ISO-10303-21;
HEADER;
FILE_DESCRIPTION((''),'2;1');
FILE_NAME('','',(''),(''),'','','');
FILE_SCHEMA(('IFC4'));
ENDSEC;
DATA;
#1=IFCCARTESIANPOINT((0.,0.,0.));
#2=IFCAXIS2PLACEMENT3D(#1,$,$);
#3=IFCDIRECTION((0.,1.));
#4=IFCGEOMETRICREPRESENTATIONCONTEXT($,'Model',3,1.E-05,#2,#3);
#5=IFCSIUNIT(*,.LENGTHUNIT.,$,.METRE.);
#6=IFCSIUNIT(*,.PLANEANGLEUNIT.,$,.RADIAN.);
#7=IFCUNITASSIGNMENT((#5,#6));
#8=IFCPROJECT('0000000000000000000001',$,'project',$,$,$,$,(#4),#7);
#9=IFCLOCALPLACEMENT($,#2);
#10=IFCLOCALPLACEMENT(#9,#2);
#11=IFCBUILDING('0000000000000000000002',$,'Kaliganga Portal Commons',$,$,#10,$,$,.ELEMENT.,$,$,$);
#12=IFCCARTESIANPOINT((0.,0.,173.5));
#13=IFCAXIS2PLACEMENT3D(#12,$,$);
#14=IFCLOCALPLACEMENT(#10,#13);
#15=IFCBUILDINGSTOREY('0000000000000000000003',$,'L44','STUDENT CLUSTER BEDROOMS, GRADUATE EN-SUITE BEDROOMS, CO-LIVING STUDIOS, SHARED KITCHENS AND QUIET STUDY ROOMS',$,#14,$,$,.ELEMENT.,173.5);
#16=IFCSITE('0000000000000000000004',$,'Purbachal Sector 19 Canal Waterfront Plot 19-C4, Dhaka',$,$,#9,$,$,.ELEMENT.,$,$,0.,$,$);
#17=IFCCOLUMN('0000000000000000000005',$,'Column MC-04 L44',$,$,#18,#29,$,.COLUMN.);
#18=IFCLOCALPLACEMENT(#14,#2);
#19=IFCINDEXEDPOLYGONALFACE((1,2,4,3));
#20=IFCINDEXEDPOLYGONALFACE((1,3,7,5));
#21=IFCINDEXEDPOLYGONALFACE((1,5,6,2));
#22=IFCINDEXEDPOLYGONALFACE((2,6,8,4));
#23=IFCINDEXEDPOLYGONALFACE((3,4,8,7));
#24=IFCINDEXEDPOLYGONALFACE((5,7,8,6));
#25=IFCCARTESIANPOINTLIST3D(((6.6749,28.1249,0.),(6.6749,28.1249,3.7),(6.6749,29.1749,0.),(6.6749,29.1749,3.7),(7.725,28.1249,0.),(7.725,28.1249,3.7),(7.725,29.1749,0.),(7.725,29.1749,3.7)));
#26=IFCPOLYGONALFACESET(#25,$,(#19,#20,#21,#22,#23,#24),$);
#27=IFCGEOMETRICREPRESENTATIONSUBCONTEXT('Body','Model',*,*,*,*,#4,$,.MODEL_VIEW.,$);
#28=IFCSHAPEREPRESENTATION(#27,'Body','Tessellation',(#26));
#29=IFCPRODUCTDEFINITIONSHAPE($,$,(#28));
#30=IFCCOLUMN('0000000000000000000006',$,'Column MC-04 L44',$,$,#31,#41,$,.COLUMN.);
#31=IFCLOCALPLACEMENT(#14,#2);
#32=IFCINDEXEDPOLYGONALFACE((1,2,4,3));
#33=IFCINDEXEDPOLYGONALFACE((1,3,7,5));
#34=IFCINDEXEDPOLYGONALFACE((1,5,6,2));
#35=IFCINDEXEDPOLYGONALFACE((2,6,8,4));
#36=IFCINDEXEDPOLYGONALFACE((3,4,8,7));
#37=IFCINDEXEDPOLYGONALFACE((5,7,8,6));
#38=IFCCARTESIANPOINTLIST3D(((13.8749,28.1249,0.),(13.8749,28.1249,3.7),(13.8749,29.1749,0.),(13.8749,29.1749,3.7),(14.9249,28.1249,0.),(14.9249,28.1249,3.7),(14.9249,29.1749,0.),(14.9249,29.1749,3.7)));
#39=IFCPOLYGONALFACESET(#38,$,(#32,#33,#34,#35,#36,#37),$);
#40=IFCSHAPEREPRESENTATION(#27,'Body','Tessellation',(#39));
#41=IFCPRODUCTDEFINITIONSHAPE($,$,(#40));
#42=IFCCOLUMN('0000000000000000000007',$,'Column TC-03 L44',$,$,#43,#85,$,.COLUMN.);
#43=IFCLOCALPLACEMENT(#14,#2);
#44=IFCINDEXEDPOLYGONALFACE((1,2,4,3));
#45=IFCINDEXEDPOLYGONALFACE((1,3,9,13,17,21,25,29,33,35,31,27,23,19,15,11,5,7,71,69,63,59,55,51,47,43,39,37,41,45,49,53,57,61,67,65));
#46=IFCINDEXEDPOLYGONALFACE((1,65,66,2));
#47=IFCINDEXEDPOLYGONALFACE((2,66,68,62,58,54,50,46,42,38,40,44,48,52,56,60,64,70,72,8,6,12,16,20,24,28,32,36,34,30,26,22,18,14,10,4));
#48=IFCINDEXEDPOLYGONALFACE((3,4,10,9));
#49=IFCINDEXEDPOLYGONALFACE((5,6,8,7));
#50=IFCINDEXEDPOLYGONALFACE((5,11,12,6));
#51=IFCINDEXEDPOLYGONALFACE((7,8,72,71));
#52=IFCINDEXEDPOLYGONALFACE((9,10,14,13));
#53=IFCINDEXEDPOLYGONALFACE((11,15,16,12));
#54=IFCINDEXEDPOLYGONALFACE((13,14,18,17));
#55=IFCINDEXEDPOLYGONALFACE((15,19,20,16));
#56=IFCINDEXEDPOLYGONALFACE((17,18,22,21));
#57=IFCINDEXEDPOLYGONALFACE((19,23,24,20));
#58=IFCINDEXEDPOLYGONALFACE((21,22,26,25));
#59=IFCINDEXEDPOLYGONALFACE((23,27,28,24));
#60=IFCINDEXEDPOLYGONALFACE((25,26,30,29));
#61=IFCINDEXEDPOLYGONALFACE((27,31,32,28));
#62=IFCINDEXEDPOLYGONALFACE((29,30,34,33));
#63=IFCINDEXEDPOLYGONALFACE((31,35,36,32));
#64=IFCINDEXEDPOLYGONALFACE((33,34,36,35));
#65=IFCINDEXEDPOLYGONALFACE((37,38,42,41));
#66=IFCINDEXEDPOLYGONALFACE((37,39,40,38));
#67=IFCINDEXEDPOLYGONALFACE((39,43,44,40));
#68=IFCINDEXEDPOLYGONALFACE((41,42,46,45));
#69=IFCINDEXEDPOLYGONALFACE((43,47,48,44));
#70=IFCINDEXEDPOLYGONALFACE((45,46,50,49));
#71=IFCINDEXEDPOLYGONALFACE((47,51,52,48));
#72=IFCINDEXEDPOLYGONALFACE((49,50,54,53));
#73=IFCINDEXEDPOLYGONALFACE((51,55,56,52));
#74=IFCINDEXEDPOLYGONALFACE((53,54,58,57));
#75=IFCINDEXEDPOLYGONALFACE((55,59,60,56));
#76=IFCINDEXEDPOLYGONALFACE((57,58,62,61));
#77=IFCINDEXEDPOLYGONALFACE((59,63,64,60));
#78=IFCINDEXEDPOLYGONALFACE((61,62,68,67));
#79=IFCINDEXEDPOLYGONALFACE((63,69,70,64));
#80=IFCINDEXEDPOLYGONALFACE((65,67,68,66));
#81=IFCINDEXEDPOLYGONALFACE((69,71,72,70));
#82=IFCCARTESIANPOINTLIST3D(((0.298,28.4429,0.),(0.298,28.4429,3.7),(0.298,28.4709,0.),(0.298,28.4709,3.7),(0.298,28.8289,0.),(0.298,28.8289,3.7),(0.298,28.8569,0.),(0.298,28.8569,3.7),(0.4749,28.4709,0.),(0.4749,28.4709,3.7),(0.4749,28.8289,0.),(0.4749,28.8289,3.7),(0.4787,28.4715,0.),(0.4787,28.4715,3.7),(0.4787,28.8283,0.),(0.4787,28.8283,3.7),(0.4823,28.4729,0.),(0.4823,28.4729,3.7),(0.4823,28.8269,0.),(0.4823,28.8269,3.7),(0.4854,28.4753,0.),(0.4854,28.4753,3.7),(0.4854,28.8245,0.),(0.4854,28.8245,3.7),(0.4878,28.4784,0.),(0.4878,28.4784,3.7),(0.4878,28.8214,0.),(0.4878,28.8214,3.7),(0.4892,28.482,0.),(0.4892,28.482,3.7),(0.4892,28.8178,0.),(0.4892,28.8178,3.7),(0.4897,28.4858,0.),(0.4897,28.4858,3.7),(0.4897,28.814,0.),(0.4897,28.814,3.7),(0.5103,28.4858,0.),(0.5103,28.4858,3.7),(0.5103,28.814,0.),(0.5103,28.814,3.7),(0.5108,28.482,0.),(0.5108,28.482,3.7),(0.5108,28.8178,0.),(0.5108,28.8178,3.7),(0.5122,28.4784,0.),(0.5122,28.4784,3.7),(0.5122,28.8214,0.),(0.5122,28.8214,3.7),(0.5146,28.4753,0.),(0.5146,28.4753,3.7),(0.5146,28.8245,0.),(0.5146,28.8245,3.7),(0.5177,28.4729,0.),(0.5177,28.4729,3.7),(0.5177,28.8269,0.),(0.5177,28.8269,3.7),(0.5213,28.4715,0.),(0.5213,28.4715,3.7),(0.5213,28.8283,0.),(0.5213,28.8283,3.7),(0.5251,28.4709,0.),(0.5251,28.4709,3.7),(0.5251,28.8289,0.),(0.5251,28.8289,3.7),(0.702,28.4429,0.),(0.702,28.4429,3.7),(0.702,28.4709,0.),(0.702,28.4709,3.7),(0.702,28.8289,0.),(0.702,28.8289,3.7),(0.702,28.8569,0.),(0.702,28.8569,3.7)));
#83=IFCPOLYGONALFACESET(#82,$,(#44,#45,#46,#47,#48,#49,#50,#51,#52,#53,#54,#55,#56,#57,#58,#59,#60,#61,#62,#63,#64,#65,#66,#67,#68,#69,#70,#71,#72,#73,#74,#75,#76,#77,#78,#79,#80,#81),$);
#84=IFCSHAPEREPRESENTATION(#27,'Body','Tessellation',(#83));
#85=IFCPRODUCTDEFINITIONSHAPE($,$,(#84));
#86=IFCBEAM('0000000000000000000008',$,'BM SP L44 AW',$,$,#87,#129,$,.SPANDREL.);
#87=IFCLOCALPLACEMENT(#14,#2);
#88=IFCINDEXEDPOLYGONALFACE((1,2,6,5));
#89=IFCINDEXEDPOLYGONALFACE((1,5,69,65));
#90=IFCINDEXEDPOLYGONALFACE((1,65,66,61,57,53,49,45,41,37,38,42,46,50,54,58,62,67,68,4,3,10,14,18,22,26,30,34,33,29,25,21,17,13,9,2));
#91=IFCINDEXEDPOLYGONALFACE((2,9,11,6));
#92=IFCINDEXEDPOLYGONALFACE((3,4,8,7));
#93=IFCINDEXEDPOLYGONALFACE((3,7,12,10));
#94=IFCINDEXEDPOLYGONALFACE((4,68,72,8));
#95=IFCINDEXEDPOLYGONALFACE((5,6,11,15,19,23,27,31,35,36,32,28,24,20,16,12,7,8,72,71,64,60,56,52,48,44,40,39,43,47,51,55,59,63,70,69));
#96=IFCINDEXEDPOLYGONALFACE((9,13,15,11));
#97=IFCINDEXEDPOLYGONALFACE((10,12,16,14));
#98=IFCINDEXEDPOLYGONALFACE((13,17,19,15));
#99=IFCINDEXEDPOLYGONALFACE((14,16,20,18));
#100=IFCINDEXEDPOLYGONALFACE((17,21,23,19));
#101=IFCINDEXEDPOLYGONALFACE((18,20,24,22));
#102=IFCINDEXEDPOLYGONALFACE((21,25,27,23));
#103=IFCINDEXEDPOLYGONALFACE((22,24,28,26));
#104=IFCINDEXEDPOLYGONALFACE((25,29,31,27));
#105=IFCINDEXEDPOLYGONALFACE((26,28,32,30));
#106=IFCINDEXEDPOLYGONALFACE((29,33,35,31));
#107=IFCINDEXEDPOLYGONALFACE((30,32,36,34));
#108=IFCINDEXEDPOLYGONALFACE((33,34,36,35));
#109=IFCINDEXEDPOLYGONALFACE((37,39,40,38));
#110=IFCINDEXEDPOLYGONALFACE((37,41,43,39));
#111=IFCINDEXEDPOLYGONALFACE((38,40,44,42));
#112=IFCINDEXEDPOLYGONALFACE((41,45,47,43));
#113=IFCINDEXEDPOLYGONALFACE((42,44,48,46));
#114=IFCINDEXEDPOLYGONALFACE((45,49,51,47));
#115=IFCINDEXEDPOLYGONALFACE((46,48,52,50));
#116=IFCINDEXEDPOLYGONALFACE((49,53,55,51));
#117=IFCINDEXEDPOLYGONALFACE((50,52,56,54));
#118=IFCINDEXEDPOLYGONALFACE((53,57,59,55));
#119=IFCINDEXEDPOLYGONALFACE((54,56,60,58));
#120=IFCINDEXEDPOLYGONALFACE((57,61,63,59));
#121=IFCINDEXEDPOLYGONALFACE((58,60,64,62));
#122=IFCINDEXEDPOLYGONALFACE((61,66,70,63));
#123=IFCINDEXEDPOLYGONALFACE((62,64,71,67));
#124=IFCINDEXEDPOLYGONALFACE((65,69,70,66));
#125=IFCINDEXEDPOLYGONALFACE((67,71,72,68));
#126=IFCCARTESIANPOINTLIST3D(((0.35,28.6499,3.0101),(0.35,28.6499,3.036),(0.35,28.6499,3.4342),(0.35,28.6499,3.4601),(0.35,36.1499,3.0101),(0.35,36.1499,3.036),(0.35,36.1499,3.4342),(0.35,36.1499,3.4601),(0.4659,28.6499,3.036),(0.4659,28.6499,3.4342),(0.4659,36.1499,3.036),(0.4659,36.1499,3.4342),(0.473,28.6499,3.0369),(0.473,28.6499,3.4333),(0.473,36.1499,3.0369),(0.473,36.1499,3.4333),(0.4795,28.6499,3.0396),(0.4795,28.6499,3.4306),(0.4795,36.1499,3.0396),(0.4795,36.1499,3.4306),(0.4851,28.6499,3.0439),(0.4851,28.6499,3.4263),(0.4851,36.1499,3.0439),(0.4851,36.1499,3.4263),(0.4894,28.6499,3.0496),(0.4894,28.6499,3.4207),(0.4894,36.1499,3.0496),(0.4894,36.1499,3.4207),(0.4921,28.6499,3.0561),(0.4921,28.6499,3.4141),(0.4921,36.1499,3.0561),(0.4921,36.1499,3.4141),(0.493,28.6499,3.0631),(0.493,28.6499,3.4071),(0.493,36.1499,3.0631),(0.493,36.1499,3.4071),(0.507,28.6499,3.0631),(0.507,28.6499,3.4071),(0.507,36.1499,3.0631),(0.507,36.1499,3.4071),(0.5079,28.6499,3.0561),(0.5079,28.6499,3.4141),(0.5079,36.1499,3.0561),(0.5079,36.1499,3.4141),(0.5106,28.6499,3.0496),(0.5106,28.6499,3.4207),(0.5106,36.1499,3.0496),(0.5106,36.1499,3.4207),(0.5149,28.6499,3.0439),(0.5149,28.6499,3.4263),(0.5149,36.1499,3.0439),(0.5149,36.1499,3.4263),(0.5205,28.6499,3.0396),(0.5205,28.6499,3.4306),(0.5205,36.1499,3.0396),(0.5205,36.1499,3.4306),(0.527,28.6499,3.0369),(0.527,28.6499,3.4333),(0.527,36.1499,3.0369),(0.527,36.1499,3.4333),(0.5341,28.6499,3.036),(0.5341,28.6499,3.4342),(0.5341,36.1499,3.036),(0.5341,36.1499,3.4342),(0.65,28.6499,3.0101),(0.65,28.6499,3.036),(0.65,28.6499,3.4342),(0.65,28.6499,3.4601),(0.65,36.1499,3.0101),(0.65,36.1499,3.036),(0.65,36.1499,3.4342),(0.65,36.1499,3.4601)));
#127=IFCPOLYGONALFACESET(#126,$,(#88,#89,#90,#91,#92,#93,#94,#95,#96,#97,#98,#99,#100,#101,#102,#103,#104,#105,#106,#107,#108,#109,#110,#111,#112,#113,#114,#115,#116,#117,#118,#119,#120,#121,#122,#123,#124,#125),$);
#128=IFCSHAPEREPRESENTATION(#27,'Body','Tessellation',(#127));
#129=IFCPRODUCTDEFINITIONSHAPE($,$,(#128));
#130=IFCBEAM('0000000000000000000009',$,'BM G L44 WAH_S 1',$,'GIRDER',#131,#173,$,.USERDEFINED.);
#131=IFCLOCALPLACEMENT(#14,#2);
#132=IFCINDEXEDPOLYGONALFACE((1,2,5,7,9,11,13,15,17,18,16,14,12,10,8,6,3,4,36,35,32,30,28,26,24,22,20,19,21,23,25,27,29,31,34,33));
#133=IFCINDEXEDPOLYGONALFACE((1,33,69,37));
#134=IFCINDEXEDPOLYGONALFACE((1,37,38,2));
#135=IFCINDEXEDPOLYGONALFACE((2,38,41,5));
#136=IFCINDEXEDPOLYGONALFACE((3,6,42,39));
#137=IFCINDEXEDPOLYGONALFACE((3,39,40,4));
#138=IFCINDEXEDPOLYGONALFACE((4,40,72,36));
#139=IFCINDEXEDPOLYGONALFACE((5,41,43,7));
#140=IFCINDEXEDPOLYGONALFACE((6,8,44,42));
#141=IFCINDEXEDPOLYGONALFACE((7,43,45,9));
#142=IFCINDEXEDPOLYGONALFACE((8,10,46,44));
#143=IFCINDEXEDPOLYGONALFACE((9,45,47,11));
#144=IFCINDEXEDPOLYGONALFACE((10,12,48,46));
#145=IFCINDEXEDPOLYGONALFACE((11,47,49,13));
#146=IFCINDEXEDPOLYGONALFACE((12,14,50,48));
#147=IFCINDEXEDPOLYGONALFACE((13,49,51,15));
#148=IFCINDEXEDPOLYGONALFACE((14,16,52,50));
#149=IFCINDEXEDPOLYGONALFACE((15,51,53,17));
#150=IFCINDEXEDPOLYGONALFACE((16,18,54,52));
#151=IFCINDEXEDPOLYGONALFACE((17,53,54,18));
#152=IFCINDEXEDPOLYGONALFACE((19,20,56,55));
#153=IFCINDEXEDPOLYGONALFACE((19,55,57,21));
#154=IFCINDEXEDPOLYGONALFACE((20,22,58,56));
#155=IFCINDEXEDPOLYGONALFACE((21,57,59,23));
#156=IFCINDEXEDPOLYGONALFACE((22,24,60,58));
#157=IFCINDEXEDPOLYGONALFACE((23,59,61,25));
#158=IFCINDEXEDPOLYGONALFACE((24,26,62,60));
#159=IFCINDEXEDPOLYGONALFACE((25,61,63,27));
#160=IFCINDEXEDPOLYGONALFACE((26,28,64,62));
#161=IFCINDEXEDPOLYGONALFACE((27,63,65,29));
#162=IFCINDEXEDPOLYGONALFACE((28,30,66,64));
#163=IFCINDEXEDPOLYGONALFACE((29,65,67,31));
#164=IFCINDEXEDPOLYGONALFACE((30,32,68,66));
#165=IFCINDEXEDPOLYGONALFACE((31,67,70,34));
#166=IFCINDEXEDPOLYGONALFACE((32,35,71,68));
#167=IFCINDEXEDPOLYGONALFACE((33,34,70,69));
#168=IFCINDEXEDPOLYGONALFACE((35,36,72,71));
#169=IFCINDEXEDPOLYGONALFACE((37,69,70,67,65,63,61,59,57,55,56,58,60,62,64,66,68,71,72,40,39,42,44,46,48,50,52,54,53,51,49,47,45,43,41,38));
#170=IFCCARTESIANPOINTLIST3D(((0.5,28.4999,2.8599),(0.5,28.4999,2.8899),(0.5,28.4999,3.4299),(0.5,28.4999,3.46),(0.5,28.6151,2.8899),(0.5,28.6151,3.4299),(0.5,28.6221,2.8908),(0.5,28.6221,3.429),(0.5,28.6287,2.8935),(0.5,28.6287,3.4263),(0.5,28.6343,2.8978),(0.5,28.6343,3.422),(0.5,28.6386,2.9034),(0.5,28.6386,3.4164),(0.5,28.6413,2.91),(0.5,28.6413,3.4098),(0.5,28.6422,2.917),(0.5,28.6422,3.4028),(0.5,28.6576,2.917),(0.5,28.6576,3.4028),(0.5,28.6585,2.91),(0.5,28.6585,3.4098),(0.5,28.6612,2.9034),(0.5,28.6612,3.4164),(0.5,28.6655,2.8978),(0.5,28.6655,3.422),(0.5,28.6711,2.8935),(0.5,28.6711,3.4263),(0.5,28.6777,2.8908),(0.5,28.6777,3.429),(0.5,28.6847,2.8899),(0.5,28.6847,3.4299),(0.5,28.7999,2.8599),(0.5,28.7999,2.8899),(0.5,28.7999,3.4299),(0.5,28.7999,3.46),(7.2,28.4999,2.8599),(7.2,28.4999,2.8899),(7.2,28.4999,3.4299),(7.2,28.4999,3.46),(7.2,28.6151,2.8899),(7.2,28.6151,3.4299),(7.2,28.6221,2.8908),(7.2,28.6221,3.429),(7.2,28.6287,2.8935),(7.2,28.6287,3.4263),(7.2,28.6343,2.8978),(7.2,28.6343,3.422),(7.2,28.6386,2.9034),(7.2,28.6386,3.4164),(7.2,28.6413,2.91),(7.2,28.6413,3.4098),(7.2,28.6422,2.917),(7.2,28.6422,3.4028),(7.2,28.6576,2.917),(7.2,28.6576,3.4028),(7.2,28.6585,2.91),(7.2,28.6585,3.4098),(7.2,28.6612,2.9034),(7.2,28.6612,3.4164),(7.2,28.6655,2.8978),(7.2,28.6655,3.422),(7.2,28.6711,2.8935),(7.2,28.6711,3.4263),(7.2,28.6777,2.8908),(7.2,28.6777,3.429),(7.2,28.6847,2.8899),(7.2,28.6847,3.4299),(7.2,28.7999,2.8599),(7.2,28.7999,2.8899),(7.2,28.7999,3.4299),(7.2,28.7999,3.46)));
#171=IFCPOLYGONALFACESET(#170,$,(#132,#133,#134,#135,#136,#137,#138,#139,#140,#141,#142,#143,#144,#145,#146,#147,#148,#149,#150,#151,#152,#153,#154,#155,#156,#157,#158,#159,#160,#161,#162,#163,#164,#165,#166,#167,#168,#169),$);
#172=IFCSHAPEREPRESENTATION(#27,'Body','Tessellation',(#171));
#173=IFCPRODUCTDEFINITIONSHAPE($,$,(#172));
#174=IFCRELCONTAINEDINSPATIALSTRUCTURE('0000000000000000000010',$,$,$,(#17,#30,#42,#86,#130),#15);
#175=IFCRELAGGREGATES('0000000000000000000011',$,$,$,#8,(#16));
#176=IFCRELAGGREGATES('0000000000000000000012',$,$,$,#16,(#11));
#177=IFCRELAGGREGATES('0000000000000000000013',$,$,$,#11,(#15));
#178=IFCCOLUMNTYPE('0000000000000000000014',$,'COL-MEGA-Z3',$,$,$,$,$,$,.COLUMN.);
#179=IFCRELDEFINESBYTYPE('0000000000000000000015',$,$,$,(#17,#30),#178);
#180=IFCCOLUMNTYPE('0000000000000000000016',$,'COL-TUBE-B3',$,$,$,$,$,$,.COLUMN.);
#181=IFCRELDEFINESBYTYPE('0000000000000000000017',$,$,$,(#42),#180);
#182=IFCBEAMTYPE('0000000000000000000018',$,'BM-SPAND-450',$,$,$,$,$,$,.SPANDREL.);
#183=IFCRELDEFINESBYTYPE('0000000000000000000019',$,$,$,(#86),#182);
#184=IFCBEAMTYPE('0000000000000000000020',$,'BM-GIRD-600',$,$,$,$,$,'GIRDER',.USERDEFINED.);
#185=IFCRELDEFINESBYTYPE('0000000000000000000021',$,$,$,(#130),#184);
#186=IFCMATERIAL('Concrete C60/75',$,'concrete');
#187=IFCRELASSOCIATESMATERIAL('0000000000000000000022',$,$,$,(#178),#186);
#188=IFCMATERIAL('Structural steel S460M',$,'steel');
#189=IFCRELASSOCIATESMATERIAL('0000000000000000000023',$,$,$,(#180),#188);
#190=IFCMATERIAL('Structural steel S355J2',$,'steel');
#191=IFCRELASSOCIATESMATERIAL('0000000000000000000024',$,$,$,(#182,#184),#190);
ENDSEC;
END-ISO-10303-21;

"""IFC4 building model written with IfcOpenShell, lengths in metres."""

from ifc_helpers import new_model, si_unit, direction, frame, origin, origin_2d, place, context, subcontext, project, spatial, rectangle, i_section, extrude, source, transform, mapped, material, material_profile, profile_set, type_object, element, save


model = new_model("IFC4")

# Units and contexts
model_context = context("Model", 3, precision=1e-05, world=origin(), true_north=direction((0.0, 1.0)))
body_context = subcontext(model_context, "Body", "Model", "MODEL_VIEW")
ifc_project = project(units=[si_unit("LENGTHUNIT", "METRE"), si_unit("PLANEANGLEUNIT", "RADIAN")], contexts=[model_context])

# Site, building, storey
site_placement = place(None, origin())
site = spatial("IfcSite", under=ifc_project, at=site_placement, Name="Purbachal Sector 19 Canal Waterfront Plot 19-C4, Dhaka", CompositionType="ELEMENT", RefElevation=0.0)
building_placement = place(site_placement, origin())
building = spatial("IfcBuilding", under=site, at=building_placement, Name="Kaliganga Portal Commons", CompositionType="ELEMENT")
storey_placement = place(building_placement, frame((0.0, 0.0, 173.5)))
storey = spatial("IfcBuildingStorey", under=building, at=storey_placement, Name="L44", Description="STUDENT CLUSTER BEDROOMS, GRADUATE EN-SUITE BEDROOMS, CO-LIVING STUDIOS, SHARED KITCHENS AND QUIET STUDY ROOMS", CompositionType="ELEMENT", Elevation=173.5)

# Columns
ifc_material_1 = material(Name="Concrete C60/75", Category="concrete")
ifc_material_profile_1 = material_profile(ifc_material_1, rectangle(XDim=1.05, YDim=1.05, at=origin_2d()), Name="RC 1050x1050")
ifc_profile_set_1 = profile_set([ifc_material_profile_1], Name="Concrete C60/75")
column_type_1 = type_object("IfcColumnType", Name="COL-MEGA-Z3", PredefinedType="COLUMN", material=ifc_profile_set_1)
shared_shape_1 = source(origin(), body_context, "Body", "SweptSolid", [
    extrude(rectangle(XDim=1.05, YDim=1.05, at=origin_2d()), origin(), (0.0, 0.0, 1.0), 3.7),
])
for number, where, z_axis, x_axis, name in (
    (1, (7.2, 28.6499, 0.0), (0.0, 0.0, 1.0), (1.0, 0.0, 0.0), "Column MC-04 L44"),
    (2, (14.3999, 28.6499, 0.0), (0.0, 0.0, 1.0), (1.0, 0.0, 0.0), "Column MC-04 L44"),
):
    element("IfcColumn", number, at=place(storey_placement, frame(where, z_axis=z_axis, x_axis=x_axis)), inside=storey, type_object=column_type_1, Name=name, PredefinedType="COLUMN", context=body_context, shape_type="MappedRepresentation", body=[
        mapped(shared_shape_1, transform((0.0, 0.0, 0.0), x_axis=(1.0, 0.0, 0.0), y_axis=(0.0, 1.0, 0.0), z_axis=(0.0, 0.0, 1.0), scale=1.0)),
    ])
ifc_material_2 = material(Name="Structural steel S460M", Category="steel")
ifc_material_profile_2 = material_profile(ifc_material_2, i_section(OverallWidth=0.4041, OverallDepth=0.4141, WebThickness=0.0205, FlangeThickness=0.0281, FilletRadius=0.0149, at=origin_2d()), Name="HD 400x347")
ifc_profile_set_2 = profile_set([ifc_material_profile_2], Name="Structural steel S460M wide-flange")
column_type_2 = type_object("IfcColumnType", Name="COL-TUBE-B3", PredefinedType="COLUMN", material=ifc_profile_set_2)
shared_shape_2 = source(origin(), body_context, "Body", "SweptSolid", [
    extrude(i_section(OverallWidth=0.4041, OverallDepth=0.4141, WebThickness=0.0205, FlangeThickness=0.0281, FilletRadius=0.0149, at=origin_2d()), origin(), (0.0, 0.0, 1.0), 3.7),
])
column_placement = place(storey_placement, frame((0.5, 28.6499, 0.0), z_axis=(0.0, 0.0, 1.0), x_axis=(1.0, 0.0, 0.0)))
element("IfcColumn", 3, at=column_placement, inside=storey, type_object=column_type_2, Name="Column TC-03 L44", PredefinedType="COLUMN", context=body_context, shape_type="MappedRepresentation", body=[
    mapped(shared_shape_2, transform((0.0, 0.0, 0.0), x_axis=(1.0, 0.0, 0.0), y_axis=(0.0, 1.0, 0.0), z_axis=(0.0, 0.0, 1.0), scale=1.0)),
])

# Beams
ifc_material_3 = material(Name="Structural steel S355J2", Category="steel")
ifc_material_profile_3 = material_profile(ifc_material_3, i_section(OverallWidth=0.3, OverallDepth=0.45, WebThickness=0.0139, FlangeThickness=0.0259, FilletRadius=0.0271, at=origin_2d()), Name="HE 450 B")
ifc_profile_set_3 = profile_set([ifc_material_profile_3], Name="Structural steel S355J2 wide-flange")
beam_type_1 = type_object("IfcBeamType", Name="BM-SPAND-450", PredefinedType="SPANDREL", material=ifc_profile_set_3)
shared_shape_3 = source(origin(), body_context, "Body", "SweptSolid", [
    extrude(i_section(OverallWidth=0.3, OverallDepth=0.45, WebThickness=0.0139, FlangeThickness=0.0259, FilletRadius=0.0271, at=origin_2d()), origin(), (0.0, 0.0, 1.0), 7.5),
])
beam_1_placement = place(storey_placement, frame((0.5, 28.6499, 3.2351), z_axis=(0.0, 1.0, 0.0), x_axis=(-1.0, 0.0, 0.0)))
element("IfcBeam", 4, at=beam_1_placement, inside=storey, type_object=beam_type_1, Name="BM SP L44 AW", PredefinedType="SPANDREL", context=body_context, shape_type="MappedRepresentation", body=[
    mapped(shared_shape_3, transform((0.0, 0.0, 0.0), x_axis=(1.0, 0.0, 0.0), y_axis=(0.0, 1.0, 0.0), z_axis=(0.0, 0.0, 1.0), scale=1.0)),
])
ifc_material_profile_4 = material_profile(ifc_material_3, i_section(OverallWidth=0.3, OverallDepth=0.6001, WebThickness=0.0154, FlangeThickness=0.03, FilletRadius=0.0271, at=origin_2d()), Name="HE 600 B")
ifc_profile_set_4 = profile_set([ifc_material_profile_4], Name="Structural steel S355J2 wide-flange")
beam_type_2 = type_object("IfcBeamType", Name="BM-GIRD-600", ElementType="GIRDER", PredefinedType="USERDEFINED", material=ifc_profile_set_4)
shared_shape_4 = source(origin(), body_context, "Body", "SweptSolid", [
    extrude(i_section(OverallWidth=0.3, OverallDepth=0.6001, WebThickness=0.0154, FlangeThickness=0.03, FilletRadius=0.0271, at=origin_2d()), origin(), (0.0, 0.0, 1.0), 6.7),
])
beam_2_placement = place(storey_placement, frame((0.5, 28.6499, 3.1599), z_axis=(1.0, 0.0, 0.0), x_axis=(0.0, 1.0, 0.0)))
element("IfcBeam", 5, at=beam_2_placement, inside=storey, type_object=beam_type_2, Name="BM G L44 WAH_S 1", ObjectType="GIRDER", PredefinedType="USERDEFINED", context=body_context, shape_type="MappedRepresentation", body=[
    mapped(shared_shape_4, transform((0.0, 0.0, 0.0), x_axis=(1.0, 0.0, 0.0), y_axis=(0.0, 1.0, 0.0), z_axis=(0.0, 0.0, 1.0), scale=1.0)),
])

save(model, "model.ifc")
